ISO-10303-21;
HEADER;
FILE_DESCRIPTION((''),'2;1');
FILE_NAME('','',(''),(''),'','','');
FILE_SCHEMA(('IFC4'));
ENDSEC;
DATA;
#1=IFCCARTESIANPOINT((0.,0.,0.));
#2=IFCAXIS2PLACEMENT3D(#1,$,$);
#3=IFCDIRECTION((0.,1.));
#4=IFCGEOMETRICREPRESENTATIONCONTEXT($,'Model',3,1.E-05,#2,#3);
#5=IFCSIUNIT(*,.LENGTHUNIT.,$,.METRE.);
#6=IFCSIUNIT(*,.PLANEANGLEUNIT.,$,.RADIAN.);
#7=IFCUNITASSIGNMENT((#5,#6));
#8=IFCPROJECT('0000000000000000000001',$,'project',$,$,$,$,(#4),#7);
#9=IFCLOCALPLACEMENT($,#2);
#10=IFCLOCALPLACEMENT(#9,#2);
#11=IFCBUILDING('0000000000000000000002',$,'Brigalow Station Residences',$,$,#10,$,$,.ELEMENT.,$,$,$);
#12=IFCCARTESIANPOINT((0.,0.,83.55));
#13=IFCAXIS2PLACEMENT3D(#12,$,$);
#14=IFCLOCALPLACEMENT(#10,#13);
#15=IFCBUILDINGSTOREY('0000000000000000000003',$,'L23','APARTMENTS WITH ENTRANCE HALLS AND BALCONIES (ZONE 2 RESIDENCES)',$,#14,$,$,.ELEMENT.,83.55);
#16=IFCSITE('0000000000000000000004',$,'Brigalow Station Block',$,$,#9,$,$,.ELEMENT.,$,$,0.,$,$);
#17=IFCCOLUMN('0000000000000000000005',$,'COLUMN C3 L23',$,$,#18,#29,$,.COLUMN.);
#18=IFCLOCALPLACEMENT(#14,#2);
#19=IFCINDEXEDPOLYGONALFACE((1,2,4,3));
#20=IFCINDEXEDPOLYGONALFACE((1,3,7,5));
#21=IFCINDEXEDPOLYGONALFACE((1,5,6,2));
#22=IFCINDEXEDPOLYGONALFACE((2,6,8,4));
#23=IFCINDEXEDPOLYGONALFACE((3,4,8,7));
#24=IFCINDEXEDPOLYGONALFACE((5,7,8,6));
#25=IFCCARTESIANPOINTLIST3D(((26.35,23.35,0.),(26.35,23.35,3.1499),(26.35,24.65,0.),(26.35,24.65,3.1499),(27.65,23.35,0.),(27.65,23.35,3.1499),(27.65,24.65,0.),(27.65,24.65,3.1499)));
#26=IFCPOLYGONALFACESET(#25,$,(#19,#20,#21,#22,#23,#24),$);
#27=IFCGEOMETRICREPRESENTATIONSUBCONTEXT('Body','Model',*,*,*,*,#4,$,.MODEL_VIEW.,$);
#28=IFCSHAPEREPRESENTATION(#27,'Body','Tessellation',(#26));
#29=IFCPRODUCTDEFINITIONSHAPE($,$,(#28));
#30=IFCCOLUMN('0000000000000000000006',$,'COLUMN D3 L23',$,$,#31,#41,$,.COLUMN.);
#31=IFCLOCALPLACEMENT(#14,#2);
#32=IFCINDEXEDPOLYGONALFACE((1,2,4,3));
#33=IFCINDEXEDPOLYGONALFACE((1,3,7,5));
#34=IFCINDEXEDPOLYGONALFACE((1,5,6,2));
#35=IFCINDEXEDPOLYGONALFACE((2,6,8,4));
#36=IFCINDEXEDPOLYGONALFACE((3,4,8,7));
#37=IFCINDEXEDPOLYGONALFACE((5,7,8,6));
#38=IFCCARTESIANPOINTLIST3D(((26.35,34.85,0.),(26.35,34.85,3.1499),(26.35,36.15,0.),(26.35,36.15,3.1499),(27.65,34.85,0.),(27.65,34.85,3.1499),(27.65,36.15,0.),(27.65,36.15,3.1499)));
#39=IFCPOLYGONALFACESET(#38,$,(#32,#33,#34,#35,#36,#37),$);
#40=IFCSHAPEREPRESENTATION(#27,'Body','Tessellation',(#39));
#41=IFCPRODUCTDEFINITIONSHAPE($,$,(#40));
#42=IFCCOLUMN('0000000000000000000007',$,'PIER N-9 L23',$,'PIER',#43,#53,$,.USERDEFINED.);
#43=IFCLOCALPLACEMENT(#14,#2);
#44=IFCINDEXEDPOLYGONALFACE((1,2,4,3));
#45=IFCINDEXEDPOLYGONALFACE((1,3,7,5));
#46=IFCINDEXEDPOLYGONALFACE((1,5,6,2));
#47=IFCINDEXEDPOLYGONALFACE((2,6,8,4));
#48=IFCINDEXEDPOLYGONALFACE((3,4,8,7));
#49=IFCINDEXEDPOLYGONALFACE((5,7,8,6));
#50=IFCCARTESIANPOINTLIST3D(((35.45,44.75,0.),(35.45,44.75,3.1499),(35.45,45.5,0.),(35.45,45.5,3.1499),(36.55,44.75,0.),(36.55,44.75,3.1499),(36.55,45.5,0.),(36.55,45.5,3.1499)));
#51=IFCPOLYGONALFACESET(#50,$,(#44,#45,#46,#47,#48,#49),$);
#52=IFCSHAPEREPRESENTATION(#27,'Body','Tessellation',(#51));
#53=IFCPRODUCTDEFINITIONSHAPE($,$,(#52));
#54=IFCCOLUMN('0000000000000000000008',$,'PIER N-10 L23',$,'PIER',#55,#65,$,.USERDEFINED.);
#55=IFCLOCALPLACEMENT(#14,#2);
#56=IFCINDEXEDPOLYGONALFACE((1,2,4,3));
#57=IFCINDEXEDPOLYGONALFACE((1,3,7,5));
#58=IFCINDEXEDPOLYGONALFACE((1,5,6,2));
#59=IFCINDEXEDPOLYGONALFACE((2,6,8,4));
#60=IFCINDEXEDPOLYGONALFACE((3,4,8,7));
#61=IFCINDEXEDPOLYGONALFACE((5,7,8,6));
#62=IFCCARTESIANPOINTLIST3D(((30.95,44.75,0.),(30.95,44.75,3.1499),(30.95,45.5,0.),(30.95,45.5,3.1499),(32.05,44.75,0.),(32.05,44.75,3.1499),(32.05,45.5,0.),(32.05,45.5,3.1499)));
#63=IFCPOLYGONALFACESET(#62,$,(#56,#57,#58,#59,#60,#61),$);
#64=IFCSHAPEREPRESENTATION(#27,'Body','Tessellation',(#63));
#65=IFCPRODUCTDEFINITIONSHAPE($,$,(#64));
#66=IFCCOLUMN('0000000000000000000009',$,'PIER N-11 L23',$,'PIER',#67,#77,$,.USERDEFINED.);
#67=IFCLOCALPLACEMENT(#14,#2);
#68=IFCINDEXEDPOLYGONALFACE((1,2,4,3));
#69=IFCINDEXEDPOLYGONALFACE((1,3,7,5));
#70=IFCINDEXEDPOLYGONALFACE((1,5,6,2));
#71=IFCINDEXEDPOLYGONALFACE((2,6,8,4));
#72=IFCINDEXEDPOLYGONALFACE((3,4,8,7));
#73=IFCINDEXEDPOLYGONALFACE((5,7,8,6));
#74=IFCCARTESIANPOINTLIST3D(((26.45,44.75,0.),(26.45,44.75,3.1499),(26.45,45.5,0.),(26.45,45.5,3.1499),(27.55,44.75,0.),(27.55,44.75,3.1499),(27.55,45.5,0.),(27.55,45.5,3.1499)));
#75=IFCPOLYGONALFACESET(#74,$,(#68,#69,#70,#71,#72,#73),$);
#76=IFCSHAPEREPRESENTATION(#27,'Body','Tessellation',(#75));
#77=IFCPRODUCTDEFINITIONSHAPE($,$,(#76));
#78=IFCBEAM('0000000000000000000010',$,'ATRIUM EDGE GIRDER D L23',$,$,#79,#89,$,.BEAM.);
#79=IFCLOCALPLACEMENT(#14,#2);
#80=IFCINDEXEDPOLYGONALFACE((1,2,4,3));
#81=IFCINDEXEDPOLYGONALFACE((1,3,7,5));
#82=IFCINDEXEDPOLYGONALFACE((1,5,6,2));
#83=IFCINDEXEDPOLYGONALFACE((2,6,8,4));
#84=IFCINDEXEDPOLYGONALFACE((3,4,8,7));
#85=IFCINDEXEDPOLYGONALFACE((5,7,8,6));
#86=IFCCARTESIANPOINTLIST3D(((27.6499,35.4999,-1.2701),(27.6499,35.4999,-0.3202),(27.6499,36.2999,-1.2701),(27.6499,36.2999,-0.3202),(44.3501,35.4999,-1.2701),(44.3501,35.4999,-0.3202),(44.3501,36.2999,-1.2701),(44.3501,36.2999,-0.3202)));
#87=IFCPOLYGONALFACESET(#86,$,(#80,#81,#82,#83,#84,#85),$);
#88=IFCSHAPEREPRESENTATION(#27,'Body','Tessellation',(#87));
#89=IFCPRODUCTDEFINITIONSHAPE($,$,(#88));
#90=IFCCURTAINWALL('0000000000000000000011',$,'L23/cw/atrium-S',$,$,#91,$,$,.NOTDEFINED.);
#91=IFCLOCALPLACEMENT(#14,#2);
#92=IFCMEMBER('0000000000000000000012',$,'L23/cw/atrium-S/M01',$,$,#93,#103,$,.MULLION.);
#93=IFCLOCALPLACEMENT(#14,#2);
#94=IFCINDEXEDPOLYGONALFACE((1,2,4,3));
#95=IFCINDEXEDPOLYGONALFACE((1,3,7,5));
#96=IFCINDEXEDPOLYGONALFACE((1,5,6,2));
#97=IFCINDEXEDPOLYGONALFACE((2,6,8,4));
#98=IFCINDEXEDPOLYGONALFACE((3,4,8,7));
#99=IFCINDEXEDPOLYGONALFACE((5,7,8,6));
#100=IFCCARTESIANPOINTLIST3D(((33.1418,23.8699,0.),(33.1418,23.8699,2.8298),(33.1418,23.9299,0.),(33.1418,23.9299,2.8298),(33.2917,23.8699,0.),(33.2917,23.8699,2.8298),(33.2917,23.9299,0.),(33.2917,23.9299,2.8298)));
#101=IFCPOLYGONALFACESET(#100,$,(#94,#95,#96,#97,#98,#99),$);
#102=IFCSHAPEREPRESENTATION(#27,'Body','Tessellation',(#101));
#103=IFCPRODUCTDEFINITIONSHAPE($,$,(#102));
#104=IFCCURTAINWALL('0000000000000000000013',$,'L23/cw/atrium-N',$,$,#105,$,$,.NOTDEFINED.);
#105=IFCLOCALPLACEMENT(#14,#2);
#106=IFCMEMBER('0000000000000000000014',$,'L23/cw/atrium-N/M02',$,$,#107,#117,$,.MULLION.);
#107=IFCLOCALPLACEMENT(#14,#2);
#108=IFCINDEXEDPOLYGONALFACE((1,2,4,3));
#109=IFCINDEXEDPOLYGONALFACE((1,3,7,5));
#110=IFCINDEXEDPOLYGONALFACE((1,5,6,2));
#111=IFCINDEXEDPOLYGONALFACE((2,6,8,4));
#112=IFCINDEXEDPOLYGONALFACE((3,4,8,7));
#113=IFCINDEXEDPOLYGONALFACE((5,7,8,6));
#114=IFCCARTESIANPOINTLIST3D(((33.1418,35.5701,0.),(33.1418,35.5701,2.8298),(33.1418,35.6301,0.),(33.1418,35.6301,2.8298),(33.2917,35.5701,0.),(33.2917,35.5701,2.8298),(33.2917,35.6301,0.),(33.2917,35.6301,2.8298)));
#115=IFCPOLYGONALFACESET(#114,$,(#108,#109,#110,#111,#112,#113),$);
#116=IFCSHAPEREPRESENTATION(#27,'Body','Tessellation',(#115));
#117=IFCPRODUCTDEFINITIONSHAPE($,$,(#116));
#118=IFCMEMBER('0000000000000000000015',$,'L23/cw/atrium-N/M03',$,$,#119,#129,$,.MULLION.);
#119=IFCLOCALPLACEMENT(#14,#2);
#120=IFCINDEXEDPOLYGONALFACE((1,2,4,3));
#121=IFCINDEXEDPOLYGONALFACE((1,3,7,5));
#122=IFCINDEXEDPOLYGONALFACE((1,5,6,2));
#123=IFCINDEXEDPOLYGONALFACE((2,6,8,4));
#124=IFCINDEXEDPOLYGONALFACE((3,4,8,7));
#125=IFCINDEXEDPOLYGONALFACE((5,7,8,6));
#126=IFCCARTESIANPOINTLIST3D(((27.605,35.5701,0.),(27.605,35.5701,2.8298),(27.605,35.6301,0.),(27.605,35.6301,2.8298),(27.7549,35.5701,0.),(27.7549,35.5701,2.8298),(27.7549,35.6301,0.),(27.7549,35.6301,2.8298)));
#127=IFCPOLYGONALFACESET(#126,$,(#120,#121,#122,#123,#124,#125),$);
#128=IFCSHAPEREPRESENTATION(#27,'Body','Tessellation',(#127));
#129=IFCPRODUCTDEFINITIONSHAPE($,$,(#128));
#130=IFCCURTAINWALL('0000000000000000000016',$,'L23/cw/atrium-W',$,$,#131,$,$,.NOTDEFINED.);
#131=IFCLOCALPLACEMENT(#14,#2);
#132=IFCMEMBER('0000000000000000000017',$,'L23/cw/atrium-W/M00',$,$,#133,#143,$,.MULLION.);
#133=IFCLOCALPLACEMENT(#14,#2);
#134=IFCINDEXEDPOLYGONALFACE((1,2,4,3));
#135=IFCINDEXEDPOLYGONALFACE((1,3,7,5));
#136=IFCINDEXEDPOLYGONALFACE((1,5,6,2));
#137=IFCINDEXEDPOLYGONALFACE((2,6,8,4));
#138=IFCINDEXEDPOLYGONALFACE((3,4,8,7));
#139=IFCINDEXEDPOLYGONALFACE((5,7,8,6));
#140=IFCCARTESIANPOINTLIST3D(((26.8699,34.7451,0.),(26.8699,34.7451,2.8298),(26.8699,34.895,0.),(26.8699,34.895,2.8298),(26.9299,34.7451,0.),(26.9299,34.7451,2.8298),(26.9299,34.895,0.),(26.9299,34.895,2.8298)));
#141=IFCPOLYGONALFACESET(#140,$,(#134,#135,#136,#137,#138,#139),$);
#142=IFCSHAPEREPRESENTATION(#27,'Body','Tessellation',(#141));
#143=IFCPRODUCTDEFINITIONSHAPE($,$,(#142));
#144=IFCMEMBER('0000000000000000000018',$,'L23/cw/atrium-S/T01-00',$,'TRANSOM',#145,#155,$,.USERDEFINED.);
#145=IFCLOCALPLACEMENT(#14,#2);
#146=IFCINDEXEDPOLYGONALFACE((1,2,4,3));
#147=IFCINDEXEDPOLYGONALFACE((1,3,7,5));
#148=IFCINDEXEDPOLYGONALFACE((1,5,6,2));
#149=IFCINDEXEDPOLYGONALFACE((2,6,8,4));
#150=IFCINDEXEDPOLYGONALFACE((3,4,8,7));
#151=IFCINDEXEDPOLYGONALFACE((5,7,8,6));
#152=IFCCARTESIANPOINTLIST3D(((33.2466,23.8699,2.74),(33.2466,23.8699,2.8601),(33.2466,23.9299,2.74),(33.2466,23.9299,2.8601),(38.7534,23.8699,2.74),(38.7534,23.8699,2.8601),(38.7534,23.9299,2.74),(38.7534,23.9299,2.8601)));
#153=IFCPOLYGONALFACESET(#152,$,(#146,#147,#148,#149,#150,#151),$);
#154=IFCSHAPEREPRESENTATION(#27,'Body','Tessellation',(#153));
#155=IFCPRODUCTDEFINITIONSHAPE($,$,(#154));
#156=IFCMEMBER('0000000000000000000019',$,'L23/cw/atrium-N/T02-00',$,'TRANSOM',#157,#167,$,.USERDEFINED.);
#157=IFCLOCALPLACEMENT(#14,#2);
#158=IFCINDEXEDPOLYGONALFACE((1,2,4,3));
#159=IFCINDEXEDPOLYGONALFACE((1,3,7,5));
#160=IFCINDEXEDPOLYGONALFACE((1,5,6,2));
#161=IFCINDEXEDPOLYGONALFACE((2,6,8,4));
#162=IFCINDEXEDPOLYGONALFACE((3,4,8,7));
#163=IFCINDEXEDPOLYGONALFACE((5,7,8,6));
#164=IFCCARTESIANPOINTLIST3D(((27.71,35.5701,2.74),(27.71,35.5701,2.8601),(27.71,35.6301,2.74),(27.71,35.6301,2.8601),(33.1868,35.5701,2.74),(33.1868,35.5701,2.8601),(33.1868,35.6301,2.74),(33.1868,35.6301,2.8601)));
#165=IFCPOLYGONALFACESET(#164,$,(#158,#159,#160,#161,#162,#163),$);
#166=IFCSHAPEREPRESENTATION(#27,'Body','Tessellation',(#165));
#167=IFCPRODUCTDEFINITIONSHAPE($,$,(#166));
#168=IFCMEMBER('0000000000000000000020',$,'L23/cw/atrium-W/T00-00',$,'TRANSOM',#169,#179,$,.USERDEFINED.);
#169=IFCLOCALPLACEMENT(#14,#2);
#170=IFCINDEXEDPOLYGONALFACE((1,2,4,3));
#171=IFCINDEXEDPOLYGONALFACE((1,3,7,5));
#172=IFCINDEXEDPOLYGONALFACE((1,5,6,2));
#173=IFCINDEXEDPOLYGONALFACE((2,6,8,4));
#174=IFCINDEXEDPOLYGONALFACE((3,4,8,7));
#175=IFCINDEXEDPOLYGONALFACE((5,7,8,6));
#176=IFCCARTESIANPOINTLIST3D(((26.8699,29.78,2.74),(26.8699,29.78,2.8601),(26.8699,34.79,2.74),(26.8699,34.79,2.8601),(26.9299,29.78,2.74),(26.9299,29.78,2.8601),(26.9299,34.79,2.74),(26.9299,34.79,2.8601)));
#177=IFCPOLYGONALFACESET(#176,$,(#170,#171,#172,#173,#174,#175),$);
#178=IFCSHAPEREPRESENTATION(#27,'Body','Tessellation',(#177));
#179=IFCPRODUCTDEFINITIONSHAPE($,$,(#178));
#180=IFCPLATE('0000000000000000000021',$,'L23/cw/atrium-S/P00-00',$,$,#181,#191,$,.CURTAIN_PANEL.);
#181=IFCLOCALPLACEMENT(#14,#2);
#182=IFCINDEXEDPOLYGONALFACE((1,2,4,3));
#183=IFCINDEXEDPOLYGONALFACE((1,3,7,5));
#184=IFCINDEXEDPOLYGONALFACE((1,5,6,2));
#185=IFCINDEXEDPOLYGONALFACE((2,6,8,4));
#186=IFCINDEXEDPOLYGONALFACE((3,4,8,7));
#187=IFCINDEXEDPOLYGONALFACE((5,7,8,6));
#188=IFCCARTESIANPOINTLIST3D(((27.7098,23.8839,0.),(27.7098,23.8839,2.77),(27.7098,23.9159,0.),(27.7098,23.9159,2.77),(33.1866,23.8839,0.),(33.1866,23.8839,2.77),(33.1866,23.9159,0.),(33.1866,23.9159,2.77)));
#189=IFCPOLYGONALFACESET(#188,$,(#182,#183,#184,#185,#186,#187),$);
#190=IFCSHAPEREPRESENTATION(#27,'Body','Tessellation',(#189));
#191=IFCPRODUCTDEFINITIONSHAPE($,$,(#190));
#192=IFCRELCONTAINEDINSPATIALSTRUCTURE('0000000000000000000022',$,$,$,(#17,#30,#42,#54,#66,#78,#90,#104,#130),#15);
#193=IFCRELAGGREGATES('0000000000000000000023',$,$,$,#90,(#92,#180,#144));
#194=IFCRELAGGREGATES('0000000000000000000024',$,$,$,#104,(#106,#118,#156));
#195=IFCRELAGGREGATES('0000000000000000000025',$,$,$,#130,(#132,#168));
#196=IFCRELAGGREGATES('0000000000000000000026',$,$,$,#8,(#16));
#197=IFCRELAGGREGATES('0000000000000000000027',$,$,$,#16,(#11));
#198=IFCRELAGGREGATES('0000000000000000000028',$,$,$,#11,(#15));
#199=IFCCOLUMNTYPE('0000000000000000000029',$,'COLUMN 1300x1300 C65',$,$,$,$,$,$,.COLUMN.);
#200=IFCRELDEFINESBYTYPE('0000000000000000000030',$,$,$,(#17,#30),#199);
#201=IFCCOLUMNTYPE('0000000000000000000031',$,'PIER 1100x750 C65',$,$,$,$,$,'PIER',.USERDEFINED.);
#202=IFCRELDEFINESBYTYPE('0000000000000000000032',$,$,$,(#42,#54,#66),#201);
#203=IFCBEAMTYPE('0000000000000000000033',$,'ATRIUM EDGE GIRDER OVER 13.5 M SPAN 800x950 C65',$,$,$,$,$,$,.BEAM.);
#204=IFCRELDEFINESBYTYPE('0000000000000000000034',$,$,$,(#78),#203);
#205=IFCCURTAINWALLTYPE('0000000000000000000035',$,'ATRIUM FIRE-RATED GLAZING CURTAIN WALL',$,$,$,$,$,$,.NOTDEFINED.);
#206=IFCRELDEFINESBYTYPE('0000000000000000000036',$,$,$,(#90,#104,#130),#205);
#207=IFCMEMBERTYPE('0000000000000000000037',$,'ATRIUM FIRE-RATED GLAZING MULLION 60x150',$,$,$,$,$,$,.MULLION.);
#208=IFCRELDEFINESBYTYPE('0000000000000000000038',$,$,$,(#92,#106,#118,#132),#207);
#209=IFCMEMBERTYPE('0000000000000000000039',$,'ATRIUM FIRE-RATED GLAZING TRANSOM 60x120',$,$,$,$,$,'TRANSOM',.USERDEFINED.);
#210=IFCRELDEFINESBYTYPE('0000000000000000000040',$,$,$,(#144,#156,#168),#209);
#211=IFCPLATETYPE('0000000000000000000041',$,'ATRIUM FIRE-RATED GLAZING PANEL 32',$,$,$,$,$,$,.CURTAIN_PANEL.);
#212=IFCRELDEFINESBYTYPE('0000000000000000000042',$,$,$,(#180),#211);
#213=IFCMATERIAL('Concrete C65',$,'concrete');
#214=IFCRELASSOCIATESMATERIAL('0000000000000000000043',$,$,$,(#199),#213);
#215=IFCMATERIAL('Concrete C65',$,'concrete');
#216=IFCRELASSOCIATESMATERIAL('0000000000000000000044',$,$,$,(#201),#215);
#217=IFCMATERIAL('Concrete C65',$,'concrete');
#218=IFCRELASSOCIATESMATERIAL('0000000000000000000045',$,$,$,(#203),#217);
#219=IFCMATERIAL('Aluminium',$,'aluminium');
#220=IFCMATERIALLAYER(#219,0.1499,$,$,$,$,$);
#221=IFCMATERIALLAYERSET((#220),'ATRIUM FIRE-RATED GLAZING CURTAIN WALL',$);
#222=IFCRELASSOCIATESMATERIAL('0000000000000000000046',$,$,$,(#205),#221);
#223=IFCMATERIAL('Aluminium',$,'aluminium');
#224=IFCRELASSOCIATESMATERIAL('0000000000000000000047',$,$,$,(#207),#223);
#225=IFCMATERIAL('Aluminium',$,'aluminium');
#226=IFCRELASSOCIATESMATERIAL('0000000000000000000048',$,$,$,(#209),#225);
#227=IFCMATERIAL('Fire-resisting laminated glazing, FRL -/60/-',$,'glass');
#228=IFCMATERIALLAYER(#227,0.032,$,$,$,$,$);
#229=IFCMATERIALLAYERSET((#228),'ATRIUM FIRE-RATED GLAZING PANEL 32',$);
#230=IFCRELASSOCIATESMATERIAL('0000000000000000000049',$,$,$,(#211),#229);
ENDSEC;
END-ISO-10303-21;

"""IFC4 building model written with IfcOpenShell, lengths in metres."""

from ifc_helpers import new_model, si_unit, direction, frame, origin, origin_2d, place, context, subcontext, project, spatial, rectangle, extrude, material, layer, layer_set, material_profile, profile_set, type_object, element, aggregate, save


model = new_model("IFC4")

# Units and contexts
model_context = context("Model", 3, precision=1e-05, world=origin(), true_north=direction((0.0, 1.0)))
body_context = subcontext(model_context, "Body", "Model", "MODEL_VIEW")
ifc_project = project(units=[si_unit("LENGTHUNIT", "METRE"), si_unit("PLANEANGLEUNIT", "RADIAN")], contexts=[model_context])

# Site, building, storey
site_placement = place(None, origin())
site = spatial("IfcSite", under=ifc_project, at=site_placement, Name="Brigalow Station Block", CompositionType="ELEMENT", RefElevation=0.0)
building_placement = place(site_placement, origin())
building = spatial("IfcBuilding", under=site, at=building_placement, Name="Brigalow Station Residences", CompositionType="ELEMENT")
storey_placement = place(building_placement, frame((0.0, 0.0, 83.55)))
storey = spatial("IfcBuildingStorey", under=building, at=storey_placement, Name="L23", Description="APARTMENTS WITH ENTRANCE HALLS AND BALCONIES (ZONE 2 RESIDENCES)", CompositionType="ELEMENT", Elevation=83.55)

# Columns
ifc_material_1 = material(Name="Concrete C65", Category="concrete")
ifc_material_profile_1 = material_profile(ifc_material_1, rectangle(XDim=1.3, YDim=1.3, at=origin_2d()), Name="RC1300x1300")
ifc_profile_set_1 = profile_set([ifc_material_profile_1], Name="Concrete C65")
column_type_1 = type_object("IfcColumnType", Name="COLUMN 1300x1300 C65", PredefinedType="COLUMN", material=ifc_profile_set_1)
for number, where, z_axis, x_axis, name in (
    (1, (27.0, 24.0, 0.0), (0.0, 0.0, 1.0), (1.0, 0.0, 0.0), "COLUMN C3 L23"),
    (2, (27.0, 35.5, 0.0), (0.0, 0.0, 1.0), (1.0, 0.0, 0.0), "COLUMN D3 L23"),
):
    element("IfcColumn", number, at=place(storey_placement, frame(where, z_axis=z_axis, x_axis=x_axis)), inside=storey, type_object=column_type_1, Name=name, PredefinedType="COLUMN", context=body_context, shape_type="SweptSolid", body=[
        extrude(rectangle(XDim=1.3, YDim=1.3, at=origin_2d()), origin(), (0.0, 0.0, 1.0), 3.1499),
    ])
ifc_material_2 = material(Name="Concrete C65", Category="concrete")
ifc_material_profile_2 = material_profile(ifc_material_2, rectangle(XDim=1.1001, YDim=0.75, at=origin_2d()), Name="RC1100x750")
ifc_profile_set_2 = profile_set([ifc_material_profile_2], Name="Concrete C65")
column_type_2 = type_object("IfcColumnType", Name="PIER 1100x750 C65", ElementType="PIER", PredefinedType="USERDEFINED", material=ifc_profile_set_2)
for number, where, z_axis, x_axis, name in (
    (3, (36.0, 45.125, 0.0), (0.0, 0.0, 1.0), (-1.0, 0.0, 0.0), "PIER N-9 L23"),
    (4, (31.5, 45.125, 0.0), (0.0, 0.0, 1.0), (-1.0, 0.0, 0.0), "PIER N-10 L23"),
    (5, (27.0, 45.125, 0.0), (0.0, 0.0, 1.0), (-1.0, 0.0, 0.0), "PIER N-11 L23"),
):
    element("IfcColumn", number, at=place(storey_placement, frame(where, z_axis=z_axis, x_axis=x_axis)), inside=storey, type_object=column_type_2, Name=name, ObjectType="PIER", PredefinedType="USERDEFINED", context=body_context, shape_type="SweptSolid", body=[
        extrude(rectangle(XDim=1.1001, YDim=0.75, at=origin_2d()), origin(), (0.0, 0.0, 1.0), 3.1499),
    ])

# Beam
ifc_material_3 = material(Name="Concrete C65", Category="concrete")
ifc_material_profile_3 = material_profile(ifc_material_3, rectangle(XDim=0.8, YDim=0.95, at=origin_2d()), Name="RC800x950")
ifc_profile_set_3 = profile_set([ifc_material_profile_3], Name="Concrete C65")
beam_type = type_object("IfcBeamType", Name="ATRIUM EDGE GIRDER OVER 13.5 M SPAN 800x950 C65", PredefinedType="BEAM", material=ifc_profile_set_3)
beam_placement = place(storey_placement, frame((27.6499, 35.8999, -0.7952), z_axis=(1.0, 0.0, 0.0), x_axis=(0.0, 1.0, 0.0)))
element("IfcBeam", 6, at=beam_placement, inside=storey, type_object=beam_type, Name="ATRIUM EDGE GIRDER D L23", PredefinedType="BEAM", context=body_context, shape_type="SweptSolid", body=[
    extrude(rectangle(XDim=0.8, YDim=0.95, at=origin_2d()), origin(), (0.0, 0.0, 1.0), 16.7002),
])

# Curtain wall, member
ifc_material_4 = material(Name="Aluminium", Category="aluminium")
ifc_layer_1 = layer(ifc_material_4, 0.1499)
ifc_layer_set_1 = layer_set([ifc_layer_1], Name="ATRIUM FIRE-RATED GLAZING CURTAIN WALL")
curtain_wall_type = type_object("IfcCurtainWallType", Name="ATRIUM FIRE-RATED GLAZING CURTAIN WALL", PredefinedType="NOTDEFINED", material=ifc_layer_set_1)
curtain_wall_1_placement = place(storey_placement, origin())
curtain_wall_1 = element("IfcCurtainWall", 7, at=curtain_wall_1_placement, inside=storey, type_object=curtain_wall_type, Name="L23/cw/atrium-S", PredefinedType="NOTDEFINED")
ifc_material_5 = material(Name="Aluminium", Category="aluminium")
ifc_material_profile_4 = material_profile(ifc_material_5, rectangle(XDim=0.0601, YDim=0.1499, at=origin_2d()), Name="ATRIUM FIRE-RATED GLAZING MULLION 60x150")
ifc_profile_set_4 = profile_set([ifc_material_profile_4], Name="Aluminium")
member_type_1 = type_object("IfcMemberType", Name="ATRIUM FIRE-RATED GLAZING MULLION 60x150", PredefinedType="MULLION", material=ifc_profile_set_4)
member_1_placement = place(storey_placement, frame((33.2168, 23.8999, 0.0), z_axis=(0.0, 0.0, 1.0), x_axis=(0.0, 1.0, 0.0)))
member_1 = element("IfcMember", 8, at=member_1_placement, type_object=member_type_1, Name="L23/cw/atrium-S/M01", PredefinedType="MULLION", context=body_context, shape_type="SweptSolid", body=[
    extrude(rectangle(XDim=0.0601, YDim=0.1499, at=origin_2d()), origin(), (0.0, 0.0, 1.0), 2.8298),
])

# Curtain wall, members
curtain_wall_2_placement = place(storey_placement, origin())
curtain_wall_2 = element("IfcCurtainWall", 9, at=curtain_wall_2_placement, inside=storey, type_object=curtain_wall_type, Name="L23/cw/atrium-N", PredefinedType="NOTDEFINED")
member_2_placement = place(storey_placement, frame((33.2168, 35.6001, 0.0), z_axis=(0.0, 0.0, 1.0), x_axis=(0.0, -1.0, 0.0)))
member_2 = element("IfcMember", 10, at=member_2_placement, type_object=member_type_1, Name="L23/cw/atrium-N/M02", PredefinedType="MULLION", context=body_context, shape_type="SweptSolid", body=[
    extrude(rectangle(XDim=0.0601, YDim=0.1499, at=origin_2d()), origin(), (0.0, 0.0, 1.0), 2.8298),
])
member_3_placement = place(storey_placement, frame((27.6799, 35.6001, 0.0), z_axis=(0.0, 0.0, 1.0), x_axis=(0.0, -1.0, 0.0)))
member_3 = element("IfcMember", 11, at=member_3_placement, type_object=member_type_1, Name="L23/cw/atrium-N/M03", PredefinedType="MULLION", context=body_context, shape_type="SweptSolid", body=[
    extrude(rectangle(XDim=0.0601, YDim=0.1499, at=origin_2d()), origin(), (0.0, 0.0, 1.0), 2.8298),
])

# Curtain wall, member
curtain_wall_3_placement = place(storey_placement, origin())
curtain_wall_3 = element("IfcCurtainWall", 12, at=curtain_wall_3_placement, inside=storey, type_object=curtain_wall_type, Name="L23/cw/atrium-W", PredefinedType="NOTDEFINED")
member_4_placement = place(storey_placement, frame((26.8999, 34.8201, 0.0), z_axis=(0.0, 0.0, 1.0), x_axis=(1.0, 0.0, 0.0)))
member_4 = element("IfcMember", 13, at=member_4_placement, type_object=member_type_1, Name="L23/cw/atrium-W/M00", PredefinedType="MULLION", context=body_context, shape_type="SweptSolid", body=[
    extrude(rectangle(XDim=0.0601, YDim=0.1499, at=origin_2d()), origin(), (0.0, 0.0, 1.0), 2.8298),
])

# Members
ifc_material_6 = material(Name="Aluminium", Category="aluminium")
ifc_material_profile_5 = material_profile(ifc_material_6, rectangle(XDim=0.0601, YDim=0.1201, at=origin_2d()), Name="ATRIUM FIRE-RATED GLAZING TRANSOM 60x120")
ifc_profile_set_5 = profile_set([ifc_material_profile_5], Name="Aluminium")
member_type_2 = type_object("IfcMemberType", Name="ATRIUM FIRE-RATED GLAZING TRANSOM 60x120", ElementType="TRANSOM", PredefinedType="USERDEFINED", material=ifc_profile_set_5)
member_5_placement = place(storey_placement, frame((33.2466, 23.8999, 2.8), z_axis=(1.0, 0.0, 0.0), x_axis=(0.0, 1.0, 0.0)))
member_5 = element("IfcMember", 14, at=member_5_placement, type_object=member_type_2, Name="L23/cw/atrium-S/T01-00", ObjectType="TRANSOM", PredefinedType="USERDEFINED", context=body_context, shape_type="SweptSolid", body=[
    extrude(rectangle(XDim=0.0601, YDim=0.1201, at=origin_2d()), origin(), (0.0, 0.0, 1.0), 5.5068),
])
member_6_placement = place(storey_placement, frame((33.1868, 35.6001, 2.8), z_axis=(-1.0, 0.0, 0.0), x_axis=(0.0, -1.0, 0.0)))
member_6 = element("IfcMember", 15, at=member_6_placement, type_object=member_type_2, Name="L23/cw/atrium-N/T02-00", ObjectType="TRANSOM", PredefinedType="USERDEFINED", context=body_context, shape_type="SweptSolid", body=[
    extrude(rectangle(XDim=0.0601, YDim=0.1201, at=origin_2d()), origin(), (0.0, 0.0, 1.0), 5.4768),
])
member_7_placement = place(storey_placement, frame((26.8999, 34.79, 2.8), z_axis=(0.0, -1.0, 0.0), x_axis=(1.0, 0.0, 0.0)))
member_7 = element("IfcMember", 16, at=member_7_placement, type_object=member_type_2, Name="L23/cw/atrium-W/T00-00", ObjectType="TRANSOM", PredefinedType="USERDEFINED", context=body_context, shape_type="SweptSolid", body=[
    extrude(rectangle(XDim=0.0601, YDim=0.1201, at=origin_2d()), origin(), (0.0, 0.0, 1.0), 5.01),
])

# Plate
ifc_material_7 = material(Name="Fire-resisting laminated glazing, FRL -/60/-", Category="glass")
ifc_layer_2 = layer(ifc_material_7, 0.032)
ifc_layer_set_2 = layer_set([ifc_layer_2], Name="ATRIUM FIRE-RATED GLAZING PANEL 32")
plate_type = type_object("IfcPlateType", Name="ATRIUM FIRE-RATED GLAZING PANEL 32", PredefinedType="CURTAIN_PANEL", material=ifc_layer_set_2)
plate_1_placement = place(storey_placement, frame((30.4482, 23.8999, 0.0), z_axis=(0.0, 0.0, 1.0), x_axis=(1.0, 0.0, 0.0)))
plate_1 = element("IfcPlate", 17, at=plate_1_placement, type_object=plate_type, Name="L23/cw/atrium-S/P00-00", PredefinedType="CURTAIN_PANEL", context=body_context, shape_type="SweptSolid", body=[
    extrude(rectangle(XDim=5.4768, YDim=0.032, at=origin_2d()), origin(), (0.0, 0.0, 1.0), 2.77),
])
aggregate(curtain_wall_1, [member_1, plate_1, member_5])
aggregate(curtain_wall_2, [member_2, member_3, member_6])
aggregate(curtain_wall_3, [member_4, member_7])

save(model, "model.ifc")
